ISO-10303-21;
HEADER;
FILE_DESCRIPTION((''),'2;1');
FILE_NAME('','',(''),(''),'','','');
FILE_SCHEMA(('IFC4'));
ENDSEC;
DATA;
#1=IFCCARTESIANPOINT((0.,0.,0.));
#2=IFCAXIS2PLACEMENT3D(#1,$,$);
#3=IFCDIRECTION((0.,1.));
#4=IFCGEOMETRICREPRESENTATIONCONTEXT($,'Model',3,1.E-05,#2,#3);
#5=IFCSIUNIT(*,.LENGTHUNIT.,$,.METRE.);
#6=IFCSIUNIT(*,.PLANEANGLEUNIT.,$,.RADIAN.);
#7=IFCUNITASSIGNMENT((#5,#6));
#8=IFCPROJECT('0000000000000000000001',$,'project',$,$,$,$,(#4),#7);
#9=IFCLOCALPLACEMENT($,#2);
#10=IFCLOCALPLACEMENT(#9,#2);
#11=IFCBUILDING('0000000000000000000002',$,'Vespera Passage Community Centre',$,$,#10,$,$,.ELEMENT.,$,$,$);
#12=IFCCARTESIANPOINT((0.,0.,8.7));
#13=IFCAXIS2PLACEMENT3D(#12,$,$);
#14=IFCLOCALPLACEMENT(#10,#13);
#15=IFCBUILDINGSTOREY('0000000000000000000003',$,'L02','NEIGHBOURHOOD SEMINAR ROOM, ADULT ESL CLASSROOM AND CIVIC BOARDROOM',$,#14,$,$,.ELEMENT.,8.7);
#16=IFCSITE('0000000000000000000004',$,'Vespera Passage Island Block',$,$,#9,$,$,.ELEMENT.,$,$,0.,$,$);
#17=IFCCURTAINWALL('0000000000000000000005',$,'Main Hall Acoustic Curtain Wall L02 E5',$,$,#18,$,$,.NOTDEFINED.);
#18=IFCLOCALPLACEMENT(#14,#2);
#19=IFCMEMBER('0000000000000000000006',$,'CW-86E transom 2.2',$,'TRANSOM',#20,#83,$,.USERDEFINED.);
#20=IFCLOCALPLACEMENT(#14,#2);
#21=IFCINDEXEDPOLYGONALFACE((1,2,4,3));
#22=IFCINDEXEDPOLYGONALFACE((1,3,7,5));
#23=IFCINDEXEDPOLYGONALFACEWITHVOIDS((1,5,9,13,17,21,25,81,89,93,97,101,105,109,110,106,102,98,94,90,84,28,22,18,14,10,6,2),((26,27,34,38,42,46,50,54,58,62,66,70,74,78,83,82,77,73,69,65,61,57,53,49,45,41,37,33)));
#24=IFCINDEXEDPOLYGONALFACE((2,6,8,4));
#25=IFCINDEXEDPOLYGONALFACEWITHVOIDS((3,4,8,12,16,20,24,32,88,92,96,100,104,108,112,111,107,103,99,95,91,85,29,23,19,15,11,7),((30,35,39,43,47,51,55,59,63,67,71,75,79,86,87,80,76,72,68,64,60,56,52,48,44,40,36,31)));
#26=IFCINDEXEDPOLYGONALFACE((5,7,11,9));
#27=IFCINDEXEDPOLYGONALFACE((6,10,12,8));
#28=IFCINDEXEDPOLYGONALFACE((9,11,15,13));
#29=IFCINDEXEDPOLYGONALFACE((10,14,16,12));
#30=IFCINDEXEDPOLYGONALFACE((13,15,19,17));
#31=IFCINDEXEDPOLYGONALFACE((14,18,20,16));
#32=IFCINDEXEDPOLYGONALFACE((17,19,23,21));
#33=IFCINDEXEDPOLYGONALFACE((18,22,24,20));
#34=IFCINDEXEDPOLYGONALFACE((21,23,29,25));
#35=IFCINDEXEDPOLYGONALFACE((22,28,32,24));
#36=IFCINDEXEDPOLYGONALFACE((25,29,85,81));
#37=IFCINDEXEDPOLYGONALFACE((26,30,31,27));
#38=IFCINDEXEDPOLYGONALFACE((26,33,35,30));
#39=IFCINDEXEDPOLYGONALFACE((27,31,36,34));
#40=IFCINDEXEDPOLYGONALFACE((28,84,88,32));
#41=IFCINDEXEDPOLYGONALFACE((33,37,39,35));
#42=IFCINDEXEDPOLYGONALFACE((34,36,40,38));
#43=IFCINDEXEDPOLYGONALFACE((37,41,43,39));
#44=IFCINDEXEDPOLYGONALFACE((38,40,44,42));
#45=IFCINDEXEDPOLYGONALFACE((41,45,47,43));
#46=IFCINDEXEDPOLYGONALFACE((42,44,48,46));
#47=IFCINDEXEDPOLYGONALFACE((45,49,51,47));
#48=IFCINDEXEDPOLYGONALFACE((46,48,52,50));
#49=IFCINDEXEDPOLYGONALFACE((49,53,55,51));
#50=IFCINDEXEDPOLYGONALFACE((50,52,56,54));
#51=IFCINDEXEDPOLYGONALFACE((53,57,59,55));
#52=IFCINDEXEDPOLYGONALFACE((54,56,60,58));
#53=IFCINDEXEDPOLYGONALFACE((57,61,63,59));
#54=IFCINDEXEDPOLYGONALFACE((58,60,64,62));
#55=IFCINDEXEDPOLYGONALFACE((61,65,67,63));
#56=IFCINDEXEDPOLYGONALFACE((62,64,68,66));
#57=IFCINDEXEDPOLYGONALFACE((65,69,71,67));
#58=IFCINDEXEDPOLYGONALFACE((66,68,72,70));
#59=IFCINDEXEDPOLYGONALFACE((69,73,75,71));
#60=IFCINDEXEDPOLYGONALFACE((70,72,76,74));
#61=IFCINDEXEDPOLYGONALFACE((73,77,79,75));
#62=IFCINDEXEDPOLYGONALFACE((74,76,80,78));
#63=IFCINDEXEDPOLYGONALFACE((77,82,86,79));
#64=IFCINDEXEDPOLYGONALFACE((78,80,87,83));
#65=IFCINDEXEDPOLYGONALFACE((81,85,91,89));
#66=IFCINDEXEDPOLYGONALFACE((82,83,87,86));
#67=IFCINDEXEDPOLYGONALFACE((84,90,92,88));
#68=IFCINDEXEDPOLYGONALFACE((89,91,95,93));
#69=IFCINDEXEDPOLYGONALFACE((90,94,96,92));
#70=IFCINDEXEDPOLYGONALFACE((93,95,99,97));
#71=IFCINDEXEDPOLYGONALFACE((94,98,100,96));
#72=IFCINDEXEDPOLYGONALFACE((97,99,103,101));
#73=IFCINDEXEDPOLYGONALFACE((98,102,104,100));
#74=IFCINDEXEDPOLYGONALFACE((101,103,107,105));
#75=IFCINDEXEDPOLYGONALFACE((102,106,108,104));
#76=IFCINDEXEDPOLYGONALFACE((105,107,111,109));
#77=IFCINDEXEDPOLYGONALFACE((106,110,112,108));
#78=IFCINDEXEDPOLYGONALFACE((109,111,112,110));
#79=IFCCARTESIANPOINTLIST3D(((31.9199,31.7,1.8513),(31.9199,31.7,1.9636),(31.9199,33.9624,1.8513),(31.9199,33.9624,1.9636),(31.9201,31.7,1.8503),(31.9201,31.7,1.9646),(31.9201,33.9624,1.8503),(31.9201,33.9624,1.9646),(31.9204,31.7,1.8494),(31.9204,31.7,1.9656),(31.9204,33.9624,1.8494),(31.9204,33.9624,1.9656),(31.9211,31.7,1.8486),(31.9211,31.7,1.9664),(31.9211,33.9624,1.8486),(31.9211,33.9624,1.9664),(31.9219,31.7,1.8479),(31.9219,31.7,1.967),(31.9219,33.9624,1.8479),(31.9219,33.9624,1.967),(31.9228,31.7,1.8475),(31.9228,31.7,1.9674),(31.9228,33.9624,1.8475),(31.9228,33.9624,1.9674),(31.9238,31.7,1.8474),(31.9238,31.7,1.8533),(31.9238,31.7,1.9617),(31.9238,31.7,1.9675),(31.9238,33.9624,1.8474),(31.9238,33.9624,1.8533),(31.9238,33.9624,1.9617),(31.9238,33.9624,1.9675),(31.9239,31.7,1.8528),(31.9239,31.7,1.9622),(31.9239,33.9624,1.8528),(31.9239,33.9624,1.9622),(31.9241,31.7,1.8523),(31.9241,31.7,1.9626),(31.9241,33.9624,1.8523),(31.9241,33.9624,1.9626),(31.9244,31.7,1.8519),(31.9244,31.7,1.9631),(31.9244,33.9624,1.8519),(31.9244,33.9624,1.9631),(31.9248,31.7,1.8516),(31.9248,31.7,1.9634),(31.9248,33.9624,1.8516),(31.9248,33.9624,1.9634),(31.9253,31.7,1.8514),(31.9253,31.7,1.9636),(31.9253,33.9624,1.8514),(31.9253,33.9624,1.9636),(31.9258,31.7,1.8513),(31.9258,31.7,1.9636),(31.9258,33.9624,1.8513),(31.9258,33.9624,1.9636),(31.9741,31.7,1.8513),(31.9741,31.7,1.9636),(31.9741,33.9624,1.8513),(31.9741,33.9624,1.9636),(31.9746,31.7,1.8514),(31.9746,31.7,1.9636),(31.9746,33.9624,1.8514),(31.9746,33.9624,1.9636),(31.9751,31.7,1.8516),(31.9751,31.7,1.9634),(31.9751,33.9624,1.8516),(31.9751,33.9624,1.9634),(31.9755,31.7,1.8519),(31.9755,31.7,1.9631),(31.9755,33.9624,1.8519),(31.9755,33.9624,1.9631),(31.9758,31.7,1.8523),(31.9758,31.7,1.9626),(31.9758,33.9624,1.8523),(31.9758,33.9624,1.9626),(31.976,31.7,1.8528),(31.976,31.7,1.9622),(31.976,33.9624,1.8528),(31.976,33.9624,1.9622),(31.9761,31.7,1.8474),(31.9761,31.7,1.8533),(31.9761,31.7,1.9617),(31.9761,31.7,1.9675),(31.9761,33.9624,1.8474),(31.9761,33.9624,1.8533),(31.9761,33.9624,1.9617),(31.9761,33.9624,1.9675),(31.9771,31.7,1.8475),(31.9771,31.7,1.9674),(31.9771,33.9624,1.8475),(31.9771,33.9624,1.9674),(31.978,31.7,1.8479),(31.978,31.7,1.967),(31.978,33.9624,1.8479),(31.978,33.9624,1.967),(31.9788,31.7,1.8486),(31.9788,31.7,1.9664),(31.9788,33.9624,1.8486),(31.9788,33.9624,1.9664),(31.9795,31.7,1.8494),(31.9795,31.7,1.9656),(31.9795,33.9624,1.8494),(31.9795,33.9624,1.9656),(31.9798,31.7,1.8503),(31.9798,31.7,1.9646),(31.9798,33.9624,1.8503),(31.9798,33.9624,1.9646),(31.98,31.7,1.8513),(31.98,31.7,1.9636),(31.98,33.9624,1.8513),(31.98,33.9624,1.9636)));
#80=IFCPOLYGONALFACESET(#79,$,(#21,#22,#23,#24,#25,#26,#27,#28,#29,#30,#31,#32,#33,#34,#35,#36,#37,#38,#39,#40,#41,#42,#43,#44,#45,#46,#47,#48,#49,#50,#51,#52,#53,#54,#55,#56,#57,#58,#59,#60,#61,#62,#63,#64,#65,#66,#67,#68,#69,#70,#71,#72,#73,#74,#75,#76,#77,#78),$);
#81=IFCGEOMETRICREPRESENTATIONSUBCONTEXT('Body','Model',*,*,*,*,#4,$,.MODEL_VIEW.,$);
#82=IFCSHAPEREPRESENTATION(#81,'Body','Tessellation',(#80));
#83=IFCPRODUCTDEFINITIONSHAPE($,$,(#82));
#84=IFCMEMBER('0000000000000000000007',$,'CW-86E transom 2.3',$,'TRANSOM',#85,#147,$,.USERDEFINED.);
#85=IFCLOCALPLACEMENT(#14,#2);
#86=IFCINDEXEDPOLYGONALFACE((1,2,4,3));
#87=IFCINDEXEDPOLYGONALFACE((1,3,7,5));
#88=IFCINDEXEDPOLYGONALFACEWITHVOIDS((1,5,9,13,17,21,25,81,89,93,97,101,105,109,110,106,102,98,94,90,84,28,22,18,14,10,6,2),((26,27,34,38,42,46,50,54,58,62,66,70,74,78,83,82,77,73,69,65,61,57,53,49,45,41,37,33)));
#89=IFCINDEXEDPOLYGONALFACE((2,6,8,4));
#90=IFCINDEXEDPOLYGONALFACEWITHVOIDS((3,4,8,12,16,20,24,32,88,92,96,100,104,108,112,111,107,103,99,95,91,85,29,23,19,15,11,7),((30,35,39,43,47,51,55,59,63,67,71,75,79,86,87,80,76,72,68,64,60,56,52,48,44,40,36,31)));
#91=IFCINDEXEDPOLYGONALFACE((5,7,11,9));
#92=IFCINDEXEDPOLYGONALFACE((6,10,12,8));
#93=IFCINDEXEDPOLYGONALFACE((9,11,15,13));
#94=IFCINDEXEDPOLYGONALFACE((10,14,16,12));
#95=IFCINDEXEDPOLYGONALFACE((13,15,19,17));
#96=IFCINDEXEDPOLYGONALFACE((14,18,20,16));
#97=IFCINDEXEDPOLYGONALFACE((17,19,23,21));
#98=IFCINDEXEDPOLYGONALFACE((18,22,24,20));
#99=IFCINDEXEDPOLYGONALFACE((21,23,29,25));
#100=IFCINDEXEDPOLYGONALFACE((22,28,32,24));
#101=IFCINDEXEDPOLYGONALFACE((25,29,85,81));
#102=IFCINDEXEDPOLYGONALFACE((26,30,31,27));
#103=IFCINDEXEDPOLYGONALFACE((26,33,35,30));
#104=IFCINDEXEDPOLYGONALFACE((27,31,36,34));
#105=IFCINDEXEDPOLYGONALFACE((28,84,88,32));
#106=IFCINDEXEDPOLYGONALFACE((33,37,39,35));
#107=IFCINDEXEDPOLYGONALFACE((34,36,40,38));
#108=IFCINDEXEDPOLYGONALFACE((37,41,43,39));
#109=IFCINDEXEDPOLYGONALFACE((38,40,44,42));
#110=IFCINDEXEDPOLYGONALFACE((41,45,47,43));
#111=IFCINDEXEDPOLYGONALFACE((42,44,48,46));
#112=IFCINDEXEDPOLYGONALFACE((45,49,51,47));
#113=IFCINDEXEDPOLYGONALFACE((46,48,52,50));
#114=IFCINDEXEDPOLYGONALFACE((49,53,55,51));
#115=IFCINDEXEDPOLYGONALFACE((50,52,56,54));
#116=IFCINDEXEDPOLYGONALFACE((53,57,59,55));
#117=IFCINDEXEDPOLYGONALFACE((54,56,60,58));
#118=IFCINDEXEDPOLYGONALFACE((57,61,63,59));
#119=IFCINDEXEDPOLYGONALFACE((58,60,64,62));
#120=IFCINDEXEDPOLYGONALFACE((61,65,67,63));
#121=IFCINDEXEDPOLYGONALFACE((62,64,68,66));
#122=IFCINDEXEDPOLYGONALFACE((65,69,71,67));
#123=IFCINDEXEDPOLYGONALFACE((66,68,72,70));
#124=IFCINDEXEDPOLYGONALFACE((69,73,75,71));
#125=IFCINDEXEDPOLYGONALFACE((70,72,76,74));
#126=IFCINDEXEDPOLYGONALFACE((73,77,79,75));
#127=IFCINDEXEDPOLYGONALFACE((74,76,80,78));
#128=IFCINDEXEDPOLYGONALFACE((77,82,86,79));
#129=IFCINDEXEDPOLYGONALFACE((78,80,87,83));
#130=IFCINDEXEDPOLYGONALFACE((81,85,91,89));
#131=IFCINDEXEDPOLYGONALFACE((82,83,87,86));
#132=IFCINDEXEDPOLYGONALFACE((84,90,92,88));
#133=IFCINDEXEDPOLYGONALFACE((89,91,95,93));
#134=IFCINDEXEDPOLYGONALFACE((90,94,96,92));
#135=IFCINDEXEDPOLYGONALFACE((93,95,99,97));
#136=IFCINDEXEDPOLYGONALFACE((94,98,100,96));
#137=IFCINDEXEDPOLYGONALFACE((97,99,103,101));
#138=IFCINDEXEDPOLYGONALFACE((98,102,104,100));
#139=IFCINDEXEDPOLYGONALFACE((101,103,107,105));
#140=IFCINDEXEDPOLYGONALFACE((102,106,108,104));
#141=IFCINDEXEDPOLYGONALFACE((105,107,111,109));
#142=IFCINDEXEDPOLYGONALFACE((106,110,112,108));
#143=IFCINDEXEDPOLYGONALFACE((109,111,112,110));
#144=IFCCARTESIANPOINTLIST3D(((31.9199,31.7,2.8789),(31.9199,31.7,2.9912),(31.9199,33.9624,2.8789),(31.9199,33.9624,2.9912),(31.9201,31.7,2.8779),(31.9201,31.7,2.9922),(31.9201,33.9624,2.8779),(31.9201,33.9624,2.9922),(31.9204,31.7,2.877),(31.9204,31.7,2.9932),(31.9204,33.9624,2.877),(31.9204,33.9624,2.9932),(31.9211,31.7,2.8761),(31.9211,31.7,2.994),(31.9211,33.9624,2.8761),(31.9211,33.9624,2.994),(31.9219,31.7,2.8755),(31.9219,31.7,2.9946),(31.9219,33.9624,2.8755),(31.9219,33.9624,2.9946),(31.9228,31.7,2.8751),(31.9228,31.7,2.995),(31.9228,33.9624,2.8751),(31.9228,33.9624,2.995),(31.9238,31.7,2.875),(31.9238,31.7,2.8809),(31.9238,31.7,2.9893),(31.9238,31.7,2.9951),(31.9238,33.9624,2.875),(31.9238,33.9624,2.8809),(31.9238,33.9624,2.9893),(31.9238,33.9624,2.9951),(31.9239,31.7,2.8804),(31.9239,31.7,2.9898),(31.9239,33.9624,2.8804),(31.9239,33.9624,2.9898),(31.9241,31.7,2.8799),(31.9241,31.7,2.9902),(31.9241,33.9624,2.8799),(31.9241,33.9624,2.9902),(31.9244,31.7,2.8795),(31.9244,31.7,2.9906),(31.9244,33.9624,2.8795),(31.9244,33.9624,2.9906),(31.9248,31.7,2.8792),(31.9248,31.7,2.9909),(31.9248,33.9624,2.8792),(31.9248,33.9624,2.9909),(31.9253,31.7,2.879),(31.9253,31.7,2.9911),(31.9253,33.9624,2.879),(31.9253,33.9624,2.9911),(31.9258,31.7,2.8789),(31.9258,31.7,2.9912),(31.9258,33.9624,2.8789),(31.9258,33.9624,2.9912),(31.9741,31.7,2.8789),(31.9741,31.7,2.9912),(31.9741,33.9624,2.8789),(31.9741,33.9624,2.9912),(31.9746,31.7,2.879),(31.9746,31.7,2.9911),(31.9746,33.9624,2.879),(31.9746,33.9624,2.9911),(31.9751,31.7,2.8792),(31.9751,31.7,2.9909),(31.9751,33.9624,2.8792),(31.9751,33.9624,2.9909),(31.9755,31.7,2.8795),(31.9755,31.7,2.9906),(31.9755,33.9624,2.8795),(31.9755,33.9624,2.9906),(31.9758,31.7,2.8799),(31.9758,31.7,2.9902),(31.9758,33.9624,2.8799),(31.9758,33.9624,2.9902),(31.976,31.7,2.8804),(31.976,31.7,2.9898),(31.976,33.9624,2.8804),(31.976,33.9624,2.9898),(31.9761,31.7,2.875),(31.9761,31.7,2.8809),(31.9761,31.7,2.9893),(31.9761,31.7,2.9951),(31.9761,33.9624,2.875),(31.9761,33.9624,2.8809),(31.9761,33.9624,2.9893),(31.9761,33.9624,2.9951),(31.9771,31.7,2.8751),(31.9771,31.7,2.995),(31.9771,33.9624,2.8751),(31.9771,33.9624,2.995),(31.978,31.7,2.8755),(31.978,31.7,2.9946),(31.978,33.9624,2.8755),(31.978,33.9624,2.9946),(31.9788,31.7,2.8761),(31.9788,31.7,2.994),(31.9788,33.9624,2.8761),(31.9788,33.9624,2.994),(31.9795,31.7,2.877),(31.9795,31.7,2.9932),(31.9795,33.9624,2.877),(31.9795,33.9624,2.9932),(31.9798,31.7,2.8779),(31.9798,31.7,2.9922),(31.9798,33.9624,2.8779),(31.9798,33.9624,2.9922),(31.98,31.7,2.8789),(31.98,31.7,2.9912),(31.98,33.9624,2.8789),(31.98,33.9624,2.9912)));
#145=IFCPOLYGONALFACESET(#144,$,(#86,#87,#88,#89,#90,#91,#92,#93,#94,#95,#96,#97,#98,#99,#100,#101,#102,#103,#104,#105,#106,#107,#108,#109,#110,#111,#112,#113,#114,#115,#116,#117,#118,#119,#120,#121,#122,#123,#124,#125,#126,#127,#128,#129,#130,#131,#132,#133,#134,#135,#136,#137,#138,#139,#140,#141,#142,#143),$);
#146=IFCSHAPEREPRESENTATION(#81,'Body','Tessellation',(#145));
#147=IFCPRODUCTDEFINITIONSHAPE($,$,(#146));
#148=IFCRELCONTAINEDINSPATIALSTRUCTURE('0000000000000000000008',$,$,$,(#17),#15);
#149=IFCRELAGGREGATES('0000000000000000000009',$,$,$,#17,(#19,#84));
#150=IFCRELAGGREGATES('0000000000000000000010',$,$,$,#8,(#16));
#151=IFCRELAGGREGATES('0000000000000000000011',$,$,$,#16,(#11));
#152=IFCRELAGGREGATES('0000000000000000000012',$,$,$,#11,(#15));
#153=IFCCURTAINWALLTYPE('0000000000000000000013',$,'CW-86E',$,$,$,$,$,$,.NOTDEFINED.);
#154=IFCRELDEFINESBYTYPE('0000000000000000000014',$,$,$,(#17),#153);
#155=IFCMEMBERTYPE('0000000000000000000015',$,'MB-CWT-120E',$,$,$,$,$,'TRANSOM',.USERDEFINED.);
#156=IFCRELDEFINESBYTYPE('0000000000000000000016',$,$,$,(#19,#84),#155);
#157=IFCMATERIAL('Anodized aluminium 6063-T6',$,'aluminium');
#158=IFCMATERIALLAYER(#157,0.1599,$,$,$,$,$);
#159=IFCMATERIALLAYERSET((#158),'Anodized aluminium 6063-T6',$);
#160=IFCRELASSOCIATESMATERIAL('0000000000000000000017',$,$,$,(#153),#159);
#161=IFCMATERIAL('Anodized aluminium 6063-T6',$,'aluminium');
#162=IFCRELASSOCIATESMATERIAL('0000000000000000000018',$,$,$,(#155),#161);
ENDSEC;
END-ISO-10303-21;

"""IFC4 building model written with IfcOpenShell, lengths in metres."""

from ifc_helpers import new_model, si_unit, direction, frame, origin, origin_2d, place, context, subcontext, project, spatial, hollow_rectangle, extrude, material, layer, layer_set, material_profile, profile_set, type_object, element, aggregate, save


model = new_model("IFC4")

# Units and contexts
model_context = context("Model", 3, precision=1e-05, world=origin(), true_north=direction((0.0, 1.0)))
body_context = subcontext(model_context, "Body", "Model", "MODEL_VIEW")
ifc_project = project(units=[si_unit("LENGTHUNIT", "METRE"), si_unit("PLANEANGLEUNIT", "RADIAN")], contexts=[model_context])

# Site, building, storey
site_placement = place(None, origin())
site = spatial("IfcSite", under=ifc_project, at=site_placement, Name="Vespera Passage Island Block", CompositionType="ELEMENT", RefElevation=0.0)
building_placement = place(site_placement, origin())
building = spatial("IfcBuilding", under=site, at=building_placement, Name="Vespera Passage Community Centre", CompositionType="ELEMENT")
storey_placement = place(building_placement, frame((0.0, 0.0, 8.7)))
storey = spatial("IfcBuildingStorey", under=building, at=storey_placement, Name="L02", Description="NEIGHBOURHOOD SEMINAR ROOM, ADULT ESL CLASSROOM AND CIVIC BOARDROOM", CompositionType="ELEMENT", Elevation=8.7)

# Curtain wall
ifc_material_1 = material(Name="Anodized aluminium 6063-T6", Category="aluminium")
ifc_layer_1 = layer(ifc_material_1, 0.1599)
ifc_layer_set_1 = layer_set([ifc_layer_1], Name="Anodized aluminium 6063-T6")
curtain_wall_type_1 = type_object("IfcCurtainWallType", Name="CW-86E", PredefinedType="NOTDEFINED", material=ifc_layer_set_1)
curtain_wall_1_placement = place(storey_placement, origin())
curtain_wall_1 = element("IfcCurtainWall", 1, at=curtain_wall_1_placement, inside=storey, type_object=curtain_wall_type_1, Name="Main Hall Acoustic Curtain Wall L02 E5", PredefinedType="NOTDEFINED")

# Members
ifc_material_2 = material(Name="Anodized aluminium 6063-T6", Category="aluminium")
ifc_material_profile_1 = material_profile(ifc_material_2, hollow_rectangle(XDim=0.0601, YDim=0.1201, WallThickness=0.0039, InnerFilletRadius=0.002, OuterFilletRadius=0.0039, at=origin_2d()), Name="ALU120X60X4")
ifc_profile_set_1 = profile_set([ifc_material_profile_1], Name="Anodized aluminium 6063-T6")
member_type_1 = type_object("IfcMemberType", Name="MB-CWT-120E", ElementType="TRANSOM", PredefinedType="USERDEFINED", material=ifc_profile_set_1)
member_1_placement = place(storey_placement, frame((31.95, 33.9624, 1.9075), z_axis=(0.0, -1.0, 0.0), x_axis=(1.0, 0.0, 0.0)))
member_1 = element("IfcMember", 2, at=member_1_placement, type_object=member_type_1, Name="CW-86E transom 2.2", ObjectType="TRANSOM", PredefinedType="USERDEFINED", context=body_context, shape_type="SweptSolid", body=[
    extrude(hollow_rectangle(XDim=0.0601, YDim=0.1201, WallThickness=0.0039, InnerFilletRadius=0.002, OuterFilletRadius=0.0039, at=origin_2d()), origin(), (0.0, 0.0, 1.0), 2.2625),
])
member_2_placement = place(storey_placement, frame((31.95, 33.9624, 2.9351), z_axis=(0.0, -1.0, 0.0), x_axis=(1.0, 0.0, 0.0)))
member_2 = element("IfcMember", 3, at=member_2_placement, type_object=member_type_1, Name="CW-86E transom 2.3", ObjectType="TRANSOM", PredefinedType="USERDEFINED", context=body_context, shape_type="SweptSolid", body=[
    extrude(hollow_rectangle(XDim=0.0601, YDim=0.1201, WallThickness=0.0039, InnerFilletRadius=0.002, OuterFilletRadius=0.0039, at=origin_2d()), origin(), (0.0, 0.0, 1.0), 2.2625),
])

aggregate(curtain_wall_1, [member_1, member_2])

save(model, "model.ifc")
